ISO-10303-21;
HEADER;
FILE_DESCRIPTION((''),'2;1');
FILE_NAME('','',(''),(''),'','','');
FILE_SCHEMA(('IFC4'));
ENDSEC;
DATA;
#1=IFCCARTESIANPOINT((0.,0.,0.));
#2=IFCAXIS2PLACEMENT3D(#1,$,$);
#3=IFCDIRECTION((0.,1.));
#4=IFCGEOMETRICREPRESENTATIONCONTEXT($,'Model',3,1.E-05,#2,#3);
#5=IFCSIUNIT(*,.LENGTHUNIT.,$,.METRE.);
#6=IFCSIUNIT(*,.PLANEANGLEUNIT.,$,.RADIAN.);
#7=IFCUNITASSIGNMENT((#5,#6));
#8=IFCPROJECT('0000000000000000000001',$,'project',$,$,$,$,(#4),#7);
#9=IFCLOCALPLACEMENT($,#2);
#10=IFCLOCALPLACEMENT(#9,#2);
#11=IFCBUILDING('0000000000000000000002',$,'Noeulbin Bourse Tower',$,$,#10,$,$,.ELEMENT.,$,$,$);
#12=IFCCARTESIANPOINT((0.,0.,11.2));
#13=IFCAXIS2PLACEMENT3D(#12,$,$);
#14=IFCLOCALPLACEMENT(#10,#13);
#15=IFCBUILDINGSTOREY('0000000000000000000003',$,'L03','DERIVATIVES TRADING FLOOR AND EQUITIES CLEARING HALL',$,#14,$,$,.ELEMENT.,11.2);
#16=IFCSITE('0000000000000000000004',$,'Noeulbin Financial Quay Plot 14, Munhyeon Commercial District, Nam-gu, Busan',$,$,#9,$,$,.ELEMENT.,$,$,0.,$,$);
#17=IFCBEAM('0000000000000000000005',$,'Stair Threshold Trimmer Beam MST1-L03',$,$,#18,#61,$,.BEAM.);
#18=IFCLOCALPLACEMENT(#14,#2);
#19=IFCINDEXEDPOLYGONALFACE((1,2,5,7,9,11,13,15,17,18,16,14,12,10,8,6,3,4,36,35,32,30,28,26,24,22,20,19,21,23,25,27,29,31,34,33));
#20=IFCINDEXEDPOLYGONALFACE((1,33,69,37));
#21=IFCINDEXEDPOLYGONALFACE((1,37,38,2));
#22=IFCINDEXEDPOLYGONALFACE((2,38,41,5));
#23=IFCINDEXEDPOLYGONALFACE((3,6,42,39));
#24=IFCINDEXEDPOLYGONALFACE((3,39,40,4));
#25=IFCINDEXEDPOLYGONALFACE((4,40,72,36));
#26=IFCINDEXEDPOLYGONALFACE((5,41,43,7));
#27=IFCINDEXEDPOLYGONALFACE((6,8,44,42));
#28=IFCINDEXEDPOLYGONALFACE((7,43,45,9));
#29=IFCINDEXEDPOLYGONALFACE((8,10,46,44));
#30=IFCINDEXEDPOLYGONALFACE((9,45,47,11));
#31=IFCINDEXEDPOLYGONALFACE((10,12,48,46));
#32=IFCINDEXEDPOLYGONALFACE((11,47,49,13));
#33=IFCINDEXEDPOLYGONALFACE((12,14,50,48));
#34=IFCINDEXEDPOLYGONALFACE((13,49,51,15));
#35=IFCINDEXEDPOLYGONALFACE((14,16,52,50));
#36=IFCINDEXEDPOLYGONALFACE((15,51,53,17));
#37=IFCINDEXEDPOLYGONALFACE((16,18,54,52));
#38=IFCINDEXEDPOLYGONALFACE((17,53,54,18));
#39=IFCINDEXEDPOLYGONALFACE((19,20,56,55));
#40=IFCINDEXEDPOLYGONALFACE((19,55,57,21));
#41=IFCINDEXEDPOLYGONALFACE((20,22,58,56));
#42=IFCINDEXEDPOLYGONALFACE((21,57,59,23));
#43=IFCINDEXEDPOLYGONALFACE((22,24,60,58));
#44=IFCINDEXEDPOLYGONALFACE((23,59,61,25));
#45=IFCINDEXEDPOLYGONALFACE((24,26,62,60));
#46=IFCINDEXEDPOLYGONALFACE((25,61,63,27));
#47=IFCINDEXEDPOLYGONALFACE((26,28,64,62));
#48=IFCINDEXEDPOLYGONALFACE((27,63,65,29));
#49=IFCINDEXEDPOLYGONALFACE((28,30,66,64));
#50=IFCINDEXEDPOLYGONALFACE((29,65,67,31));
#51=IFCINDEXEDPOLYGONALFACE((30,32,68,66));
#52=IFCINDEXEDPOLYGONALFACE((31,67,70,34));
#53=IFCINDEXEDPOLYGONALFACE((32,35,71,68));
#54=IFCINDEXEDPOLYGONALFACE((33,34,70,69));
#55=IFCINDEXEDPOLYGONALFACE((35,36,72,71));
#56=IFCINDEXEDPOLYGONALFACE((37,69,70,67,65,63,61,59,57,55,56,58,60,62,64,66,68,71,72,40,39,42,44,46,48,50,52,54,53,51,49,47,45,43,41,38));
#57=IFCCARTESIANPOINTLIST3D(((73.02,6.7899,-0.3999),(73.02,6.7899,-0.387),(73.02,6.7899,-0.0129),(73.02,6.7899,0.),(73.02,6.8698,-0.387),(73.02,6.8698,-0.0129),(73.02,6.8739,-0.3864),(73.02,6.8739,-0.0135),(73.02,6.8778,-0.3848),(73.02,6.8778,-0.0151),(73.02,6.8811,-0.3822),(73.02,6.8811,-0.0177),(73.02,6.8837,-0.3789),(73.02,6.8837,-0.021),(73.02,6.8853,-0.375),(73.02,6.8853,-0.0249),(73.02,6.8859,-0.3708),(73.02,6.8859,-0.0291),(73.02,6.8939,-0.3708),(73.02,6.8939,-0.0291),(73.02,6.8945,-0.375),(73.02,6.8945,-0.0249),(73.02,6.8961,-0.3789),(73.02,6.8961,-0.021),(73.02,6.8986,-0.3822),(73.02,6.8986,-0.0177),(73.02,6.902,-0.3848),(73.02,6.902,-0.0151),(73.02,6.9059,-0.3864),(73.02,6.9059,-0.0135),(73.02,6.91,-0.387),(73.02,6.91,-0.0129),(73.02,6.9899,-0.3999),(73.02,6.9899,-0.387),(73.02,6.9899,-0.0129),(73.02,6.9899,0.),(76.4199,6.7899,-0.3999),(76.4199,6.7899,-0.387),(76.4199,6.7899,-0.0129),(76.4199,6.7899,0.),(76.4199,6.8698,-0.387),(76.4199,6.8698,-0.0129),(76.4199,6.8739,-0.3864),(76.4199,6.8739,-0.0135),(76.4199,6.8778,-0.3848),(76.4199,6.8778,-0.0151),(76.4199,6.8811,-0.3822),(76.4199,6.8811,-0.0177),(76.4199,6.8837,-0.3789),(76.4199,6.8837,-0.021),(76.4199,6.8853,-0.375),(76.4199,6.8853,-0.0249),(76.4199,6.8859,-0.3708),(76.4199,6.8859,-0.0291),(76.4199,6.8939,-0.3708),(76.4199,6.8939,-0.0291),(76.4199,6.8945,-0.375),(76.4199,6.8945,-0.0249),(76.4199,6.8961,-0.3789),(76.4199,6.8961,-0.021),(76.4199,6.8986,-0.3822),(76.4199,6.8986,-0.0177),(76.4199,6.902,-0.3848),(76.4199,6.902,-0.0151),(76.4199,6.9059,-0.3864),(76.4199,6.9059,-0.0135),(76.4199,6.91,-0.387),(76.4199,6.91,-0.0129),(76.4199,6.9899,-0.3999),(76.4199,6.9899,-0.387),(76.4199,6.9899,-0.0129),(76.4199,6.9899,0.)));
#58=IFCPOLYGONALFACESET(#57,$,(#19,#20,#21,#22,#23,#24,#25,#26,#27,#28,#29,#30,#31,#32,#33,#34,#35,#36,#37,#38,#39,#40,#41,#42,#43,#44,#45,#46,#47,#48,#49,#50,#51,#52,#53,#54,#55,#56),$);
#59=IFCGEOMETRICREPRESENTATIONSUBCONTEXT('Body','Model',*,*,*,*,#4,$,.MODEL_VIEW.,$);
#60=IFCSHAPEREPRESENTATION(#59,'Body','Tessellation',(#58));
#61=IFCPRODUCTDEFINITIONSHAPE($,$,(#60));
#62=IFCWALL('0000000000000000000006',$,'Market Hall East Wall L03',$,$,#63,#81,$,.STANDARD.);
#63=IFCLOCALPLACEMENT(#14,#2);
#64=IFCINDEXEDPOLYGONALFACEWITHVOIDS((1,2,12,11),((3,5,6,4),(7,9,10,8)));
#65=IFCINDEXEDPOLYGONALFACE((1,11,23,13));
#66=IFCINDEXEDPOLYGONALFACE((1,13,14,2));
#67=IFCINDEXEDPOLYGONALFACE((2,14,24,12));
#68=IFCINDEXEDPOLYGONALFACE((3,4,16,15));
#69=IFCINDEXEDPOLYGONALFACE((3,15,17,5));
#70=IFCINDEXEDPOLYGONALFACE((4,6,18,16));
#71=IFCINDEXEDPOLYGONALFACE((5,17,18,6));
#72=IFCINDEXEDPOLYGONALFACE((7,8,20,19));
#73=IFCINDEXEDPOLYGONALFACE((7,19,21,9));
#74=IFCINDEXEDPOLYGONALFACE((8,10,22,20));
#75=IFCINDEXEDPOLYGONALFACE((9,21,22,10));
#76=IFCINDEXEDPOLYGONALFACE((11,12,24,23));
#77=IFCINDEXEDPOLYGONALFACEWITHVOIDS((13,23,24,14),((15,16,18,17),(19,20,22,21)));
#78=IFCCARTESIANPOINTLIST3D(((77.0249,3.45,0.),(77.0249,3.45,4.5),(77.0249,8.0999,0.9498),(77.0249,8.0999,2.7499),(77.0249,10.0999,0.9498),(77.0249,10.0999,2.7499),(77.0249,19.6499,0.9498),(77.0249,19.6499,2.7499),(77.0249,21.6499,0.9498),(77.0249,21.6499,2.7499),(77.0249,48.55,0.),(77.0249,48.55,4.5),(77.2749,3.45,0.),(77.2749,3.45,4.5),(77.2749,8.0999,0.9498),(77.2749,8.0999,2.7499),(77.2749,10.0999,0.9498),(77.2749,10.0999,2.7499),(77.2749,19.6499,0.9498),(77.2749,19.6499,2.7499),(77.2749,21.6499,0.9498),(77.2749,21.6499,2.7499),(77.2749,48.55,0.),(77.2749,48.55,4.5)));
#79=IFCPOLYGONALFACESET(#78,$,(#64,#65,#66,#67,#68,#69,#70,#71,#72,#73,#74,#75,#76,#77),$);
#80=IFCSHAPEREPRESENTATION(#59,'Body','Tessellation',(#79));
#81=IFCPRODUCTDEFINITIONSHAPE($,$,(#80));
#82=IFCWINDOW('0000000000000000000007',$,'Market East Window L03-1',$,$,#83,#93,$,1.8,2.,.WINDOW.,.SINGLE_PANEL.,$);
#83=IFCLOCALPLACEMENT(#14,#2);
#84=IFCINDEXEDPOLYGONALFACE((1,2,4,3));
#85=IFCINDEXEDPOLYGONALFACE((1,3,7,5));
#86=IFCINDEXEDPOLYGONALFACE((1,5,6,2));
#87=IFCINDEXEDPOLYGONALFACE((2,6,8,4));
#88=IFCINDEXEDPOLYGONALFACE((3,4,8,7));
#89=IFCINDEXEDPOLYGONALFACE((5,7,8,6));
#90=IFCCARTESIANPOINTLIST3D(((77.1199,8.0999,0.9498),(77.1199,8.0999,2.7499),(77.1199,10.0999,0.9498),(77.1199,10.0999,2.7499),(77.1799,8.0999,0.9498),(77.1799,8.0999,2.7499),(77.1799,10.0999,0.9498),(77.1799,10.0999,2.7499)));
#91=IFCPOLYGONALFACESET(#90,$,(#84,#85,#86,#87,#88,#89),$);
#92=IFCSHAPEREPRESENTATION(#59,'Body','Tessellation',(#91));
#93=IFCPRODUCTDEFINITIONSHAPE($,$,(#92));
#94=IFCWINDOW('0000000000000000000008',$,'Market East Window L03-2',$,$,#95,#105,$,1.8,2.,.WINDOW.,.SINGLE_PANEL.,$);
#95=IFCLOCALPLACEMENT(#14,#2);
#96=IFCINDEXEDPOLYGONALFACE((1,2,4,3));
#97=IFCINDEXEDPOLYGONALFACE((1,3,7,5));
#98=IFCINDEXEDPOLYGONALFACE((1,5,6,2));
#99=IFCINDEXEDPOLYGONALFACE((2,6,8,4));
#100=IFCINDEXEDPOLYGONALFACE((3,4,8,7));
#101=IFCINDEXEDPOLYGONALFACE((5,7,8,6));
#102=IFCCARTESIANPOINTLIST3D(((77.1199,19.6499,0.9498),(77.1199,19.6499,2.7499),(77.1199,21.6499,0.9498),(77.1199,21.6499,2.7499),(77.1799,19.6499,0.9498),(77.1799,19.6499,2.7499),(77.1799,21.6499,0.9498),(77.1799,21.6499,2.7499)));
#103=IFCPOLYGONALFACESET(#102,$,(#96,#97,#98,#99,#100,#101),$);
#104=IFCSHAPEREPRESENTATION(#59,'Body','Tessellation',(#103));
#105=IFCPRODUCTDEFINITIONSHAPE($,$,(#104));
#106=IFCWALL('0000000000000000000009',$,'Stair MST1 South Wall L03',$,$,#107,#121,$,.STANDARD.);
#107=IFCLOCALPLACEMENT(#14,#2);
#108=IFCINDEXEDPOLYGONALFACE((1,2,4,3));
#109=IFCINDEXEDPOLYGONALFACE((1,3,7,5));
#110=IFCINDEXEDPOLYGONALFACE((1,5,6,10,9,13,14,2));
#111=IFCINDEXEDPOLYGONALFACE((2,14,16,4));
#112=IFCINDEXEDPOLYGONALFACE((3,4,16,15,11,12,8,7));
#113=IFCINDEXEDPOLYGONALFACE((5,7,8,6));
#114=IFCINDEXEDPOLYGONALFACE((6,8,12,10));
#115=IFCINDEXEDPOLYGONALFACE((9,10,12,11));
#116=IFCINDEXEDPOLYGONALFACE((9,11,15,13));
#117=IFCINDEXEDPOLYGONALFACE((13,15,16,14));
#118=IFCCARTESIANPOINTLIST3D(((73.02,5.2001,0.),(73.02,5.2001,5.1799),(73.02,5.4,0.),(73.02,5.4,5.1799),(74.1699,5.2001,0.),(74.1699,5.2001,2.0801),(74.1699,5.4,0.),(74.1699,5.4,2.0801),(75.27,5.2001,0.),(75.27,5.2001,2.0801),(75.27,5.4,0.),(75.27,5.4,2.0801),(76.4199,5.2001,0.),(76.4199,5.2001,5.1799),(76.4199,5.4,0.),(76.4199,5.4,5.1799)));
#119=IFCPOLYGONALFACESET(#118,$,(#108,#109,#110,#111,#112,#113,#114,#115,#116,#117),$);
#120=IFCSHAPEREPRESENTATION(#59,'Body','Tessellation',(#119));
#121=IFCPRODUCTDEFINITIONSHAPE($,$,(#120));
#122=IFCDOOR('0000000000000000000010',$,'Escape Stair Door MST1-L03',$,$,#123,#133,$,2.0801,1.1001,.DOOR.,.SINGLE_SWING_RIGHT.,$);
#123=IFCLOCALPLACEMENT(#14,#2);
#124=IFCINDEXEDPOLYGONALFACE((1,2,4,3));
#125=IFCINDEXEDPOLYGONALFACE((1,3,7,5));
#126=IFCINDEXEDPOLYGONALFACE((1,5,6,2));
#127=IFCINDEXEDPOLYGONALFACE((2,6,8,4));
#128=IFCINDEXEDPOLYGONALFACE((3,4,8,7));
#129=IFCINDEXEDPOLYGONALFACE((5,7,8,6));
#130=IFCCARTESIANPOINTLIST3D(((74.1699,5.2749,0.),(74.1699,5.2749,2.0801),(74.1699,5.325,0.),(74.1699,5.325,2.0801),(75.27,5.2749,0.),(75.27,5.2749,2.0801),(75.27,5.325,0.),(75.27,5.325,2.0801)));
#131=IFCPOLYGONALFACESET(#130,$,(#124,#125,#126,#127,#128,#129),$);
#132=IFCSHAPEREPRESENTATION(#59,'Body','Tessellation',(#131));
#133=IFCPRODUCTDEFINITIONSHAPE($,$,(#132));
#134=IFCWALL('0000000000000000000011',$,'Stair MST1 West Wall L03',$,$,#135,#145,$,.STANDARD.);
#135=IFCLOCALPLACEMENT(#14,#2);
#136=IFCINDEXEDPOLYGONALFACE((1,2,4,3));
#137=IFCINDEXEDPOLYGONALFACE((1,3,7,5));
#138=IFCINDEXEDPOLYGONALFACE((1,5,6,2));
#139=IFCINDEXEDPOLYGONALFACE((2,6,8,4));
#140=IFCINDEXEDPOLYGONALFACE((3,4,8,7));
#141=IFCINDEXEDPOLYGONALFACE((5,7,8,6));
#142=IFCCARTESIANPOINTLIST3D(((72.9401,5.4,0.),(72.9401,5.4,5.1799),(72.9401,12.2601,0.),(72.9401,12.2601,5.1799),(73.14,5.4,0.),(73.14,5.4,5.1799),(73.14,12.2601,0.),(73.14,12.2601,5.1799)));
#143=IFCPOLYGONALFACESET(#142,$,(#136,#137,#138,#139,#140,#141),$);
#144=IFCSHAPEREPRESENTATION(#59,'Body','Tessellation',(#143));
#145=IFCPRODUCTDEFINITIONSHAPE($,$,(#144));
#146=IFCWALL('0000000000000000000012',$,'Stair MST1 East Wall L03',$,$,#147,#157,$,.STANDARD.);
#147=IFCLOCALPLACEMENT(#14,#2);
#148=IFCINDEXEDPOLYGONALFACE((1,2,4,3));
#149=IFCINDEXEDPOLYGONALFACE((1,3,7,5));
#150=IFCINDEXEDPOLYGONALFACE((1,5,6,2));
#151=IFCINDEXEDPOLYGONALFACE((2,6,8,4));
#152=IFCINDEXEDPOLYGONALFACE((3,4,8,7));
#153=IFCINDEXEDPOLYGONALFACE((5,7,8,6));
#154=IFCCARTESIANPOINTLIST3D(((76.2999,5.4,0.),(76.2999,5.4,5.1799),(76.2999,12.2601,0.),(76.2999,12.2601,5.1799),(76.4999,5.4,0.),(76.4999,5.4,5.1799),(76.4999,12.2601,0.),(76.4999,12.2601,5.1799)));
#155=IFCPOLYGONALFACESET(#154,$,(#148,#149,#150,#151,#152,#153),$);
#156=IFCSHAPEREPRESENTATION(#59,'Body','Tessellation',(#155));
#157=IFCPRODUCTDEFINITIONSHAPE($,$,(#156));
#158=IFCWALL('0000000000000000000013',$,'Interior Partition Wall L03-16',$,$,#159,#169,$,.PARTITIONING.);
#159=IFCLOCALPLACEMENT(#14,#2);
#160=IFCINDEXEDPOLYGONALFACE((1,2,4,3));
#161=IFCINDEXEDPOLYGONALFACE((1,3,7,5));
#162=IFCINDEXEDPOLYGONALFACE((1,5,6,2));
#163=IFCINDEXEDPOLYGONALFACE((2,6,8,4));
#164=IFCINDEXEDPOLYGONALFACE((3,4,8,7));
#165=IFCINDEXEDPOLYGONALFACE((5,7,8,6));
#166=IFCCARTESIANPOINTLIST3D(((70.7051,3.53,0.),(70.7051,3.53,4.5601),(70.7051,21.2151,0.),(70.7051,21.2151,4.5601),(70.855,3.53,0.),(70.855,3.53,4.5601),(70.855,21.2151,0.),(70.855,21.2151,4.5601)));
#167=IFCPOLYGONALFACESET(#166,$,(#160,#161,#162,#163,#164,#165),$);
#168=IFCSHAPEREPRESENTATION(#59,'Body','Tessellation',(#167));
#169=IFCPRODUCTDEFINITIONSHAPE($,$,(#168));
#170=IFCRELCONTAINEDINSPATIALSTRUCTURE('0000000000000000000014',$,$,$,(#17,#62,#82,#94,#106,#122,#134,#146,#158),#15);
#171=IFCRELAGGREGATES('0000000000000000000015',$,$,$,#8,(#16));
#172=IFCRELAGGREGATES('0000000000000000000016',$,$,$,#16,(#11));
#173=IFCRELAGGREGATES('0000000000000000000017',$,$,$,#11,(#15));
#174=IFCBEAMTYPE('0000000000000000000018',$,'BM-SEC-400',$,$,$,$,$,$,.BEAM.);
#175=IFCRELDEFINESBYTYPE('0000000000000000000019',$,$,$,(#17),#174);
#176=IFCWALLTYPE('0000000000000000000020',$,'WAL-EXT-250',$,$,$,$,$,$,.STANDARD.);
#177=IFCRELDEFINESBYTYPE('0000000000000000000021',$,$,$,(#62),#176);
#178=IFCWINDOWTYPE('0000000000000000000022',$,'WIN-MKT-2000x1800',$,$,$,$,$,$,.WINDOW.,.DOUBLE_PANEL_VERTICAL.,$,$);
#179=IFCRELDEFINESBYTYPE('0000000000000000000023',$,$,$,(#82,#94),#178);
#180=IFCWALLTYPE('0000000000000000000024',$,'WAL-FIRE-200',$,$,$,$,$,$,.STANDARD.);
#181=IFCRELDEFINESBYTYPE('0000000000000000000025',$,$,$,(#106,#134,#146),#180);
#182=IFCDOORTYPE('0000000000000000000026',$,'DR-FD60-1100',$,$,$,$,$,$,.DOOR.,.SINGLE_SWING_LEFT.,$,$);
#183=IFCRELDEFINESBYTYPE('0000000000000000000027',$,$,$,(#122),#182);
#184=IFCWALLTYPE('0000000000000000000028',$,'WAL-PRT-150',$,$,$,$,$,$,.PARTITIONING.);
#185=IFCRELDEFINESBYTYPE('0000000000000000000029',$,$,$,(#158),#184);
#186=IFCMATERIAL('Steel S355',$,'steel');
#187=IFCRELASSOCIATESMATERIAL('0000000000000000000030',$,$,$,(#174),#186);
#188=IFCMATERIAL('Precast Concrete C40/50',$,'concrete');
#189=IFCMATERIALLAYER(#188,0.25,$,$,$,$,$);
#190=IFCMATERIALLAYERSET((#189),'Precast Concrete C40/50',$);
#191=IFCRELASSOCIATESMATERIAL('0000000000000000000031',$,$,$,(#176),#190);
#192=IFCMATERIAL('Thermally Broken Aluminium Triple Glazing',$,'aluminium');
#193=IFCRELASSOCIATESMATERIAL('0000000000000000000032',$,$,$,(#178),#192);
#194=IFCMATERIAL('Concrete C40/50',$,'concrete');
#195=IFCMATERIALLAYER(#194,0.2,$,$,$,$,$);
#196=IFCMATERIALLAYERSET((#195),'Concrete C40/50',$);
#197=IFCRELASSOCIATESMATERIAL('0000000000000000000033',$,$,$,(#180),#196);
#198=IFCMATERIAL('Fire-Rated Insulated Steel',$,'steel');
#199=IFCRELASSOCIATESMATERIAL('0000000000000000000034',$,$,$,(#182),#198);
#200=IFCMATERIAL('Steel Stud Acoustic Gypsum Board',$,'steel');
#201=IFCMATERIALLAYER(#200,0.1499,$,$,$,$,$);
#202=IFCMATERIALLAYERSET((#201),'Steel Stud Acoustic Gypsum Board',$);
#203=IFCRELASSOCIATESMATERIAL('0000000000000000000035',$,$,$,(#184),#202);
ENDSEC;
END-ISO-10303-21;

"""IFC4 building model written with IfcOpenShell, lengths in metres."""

from ifc_helpers import new_model, si_unit, direction, frame, frame_2d, origin, origin_2d, place, context, subcontext, project, spatial, rectangle, i_section, extrude, material, layer, layer_set, material_profile, profile_set, type_object, element, fill, save


model = new_model("IFC4")

# Units and contexts
model_context = context("Model", 3, precision=1e-05, world=origin(), true_north=direction((0.0, 1.0)))
body_context = subcontext(model_context, "Body", "Model", "MODEL_VIEW")
ifc_project = project(units=[si_unit("LENGTHUNIT", "METRE"), si_unit("PLANEANGLEUNIT", "RADIAN")], contexts=[model_context])

# Site, building, storey
site_placement = place(None, origin())
site = spatial("IfcSite", under=ifc_project, at=site_placement, Name="Noeulbin Financial Quay Plot 14, Munhyeon Commercial District, Nam-gu, Busan", CompositionType="ELEMENT", RefElevation=0.0)
building_placement = place(site_placement, origin())
building = spatial("IfcBuilding", under=site, at=building_placement, Name="Noeulbin Bourse Tower", CompositionType="ELEMENT")
storey_placement = place(building_placement, frame((0.0, 0.0, 11.2)))
storey = spatial("IfcBuildingStorey", under=building, at=storey_placement, Name="L03", Description="DERIVATIVES TRADING FLOOR AND EQUITIES CLEARING HALL", CompositionType="ELEMENT", Elevation=11.2)

# Shared definitions
ifc_material_1 = material(Name="Steel S355", Category="steel")

# Beam
ifc_material_profile_1 = material_profile(ifc_material_1, i_section(OverallWidth=0.2, OverallDepth=0.3999, WebThickness=0.0081, FlangeThickness=0.0129, FilletRadius=0.0161, at=origin_2d()), Name="H-400x200x8x13", Category="LoadBearing")
ifc_profile_set_1 = profile_set([ifc_material_profile_1], Name="Steel S355")
beam_type_1 = type_object("IfcBeamType", Name="BM-SEC-400", PredefinedType="BEAM", material=ifc_profile_set_1)
beam_1_placement = place(storey_placement, frame((73.02, 6.8899, -0.2), z_axis=(1.0, 0.0, 0.0), x_axis=(0.0, 1.0, 0.0)))
element("IfcBeam", 1, at=beam_1_placement, inside=storey, type_object=beam_type_1, Name="Stair Threshold Trimmer Beam MST1-L03", PredefinedType="BEAM", context=body_context, shape_type="SweptSolid", body=[
    extrude(i_section(OverallWidth=0.2, OverallDepth=0.3999, WebThickness=0.0081, FlangeThickness=0.0129, FilletRadius=0.0161, at=origin_2d()), origin(), (0.0, 0.0, 1.0), 3.3999),
])

# Wall, openings, windows
ifc_material_2 = material(Name="Precast Concrete C40/50", Category="concrete")
ifc_layer_1 = layer(ifc_material_2, 0.25)
ifc_layer_set_1 = layer_set([ifc_layer_1], Name="Precast Concrete C40/50")
wall_type_1 = type_object("IfcWallType", Name="WAL-EXT-250", PredefinedType="STANDARD", material=ifc_layer_set_1)
wall_1_placement = place(storey_placement, frame((77.1499, 3.45, 0.0), z_axis=(0.0, 0.0, 1.0), x_axis=(0.0, 1.0, 0.0)))
wall_1 = element("IfcWall", 2, at=wall_1_placement, inside=storey, type_object=wall_type_1, Name="Market Hall East Wall L03", PredefinedType="STANDARD", context=body_context, shape_type="SweptSolid", body=[
    extrude(rectangle(XDim=45.1001, YDim=0.25, at=frame_2d((22.55, 0.0))), origin(), (0.0, 0.0, 1.0), 4.5),
])
opening_1_placement = place(wall_1_placement, frame((4.6499, 0.0, 0.95)))
opening_1 = element("IfcOpeningElement", 3, at=opening_1_placement, cuts=wall_1, PredefinedType="OPENING", context=body_context, shape_type="SweptSolid", body=[
    extrude(rectangle(XDim=2.0, YDim=1.8, at=frame_2d((1.0, 0.8999))), frame((0.0, 0.135, 0.0), z_axis=(0.0, -1.0, 0.0), x_axis=(1.0, 0.0, 0.0)), (0.0, 0.0, 1.0), 0.27),
])
opening_2_placement = place(wall_1_placement, frame((16.2, 0.0, 0.95)))
opening_2 = element("IfcOpeningElement", 4, at=opening_2_placement, cuts=wall_1, PredefinedType="OPENING", context=body_context, shape_type="SweptSolid", body=[
    extrude(rectangle(XDim=2.0, YDim=1.8, at=frame_2d((1.0, 0.8999))), frame((0.0, 0.135, 0.0), z_axis=(0.0, -1.0, 0.0), x_axis=(1.0, 0.0, 0.0)), (0.0, 0.0, 1.0), 0.27),
])
ifc_material_3 = material(Name="Thermally Broken Aluminium Triple Glazing", Category="aluminium")
window_type = type_object("IfcWindowType", Name="WIN-MKT-2000x1800", PartitioningType="DOUBLE_PANEL_VERTICAL", PredefinedType="WINDOW", material=ifc_material_3)
window_1_placement = place(opening_1_placement, origin())
window_1 = element("IfcWindow", 5, at=window_1_placement, inside=storey, type_object=window_type, Name="Market East Window L03-1", OverallHeight=1.8, OverallWidth=2.0, PartitioningType="SINGLE_PANEL", PredefinedType="WINDOW", context=body_context, shape_type="SweptSolid", body=[
    extrude(rectangle(XDim=2.0, YDim=1.8, at=frame_2d((1.0, 0.8999))), frame((0.0, 0.03, 0.0), z_axis=(0.0, -1.0, 0.0), x_axis=(1.0, 0.0, 0.0)), (0.0, 0.0, 1.0), 0.0601),
])
fill(opening_1, window_1)
window_2_placement = place(opening_2_placement, origin())
window_2 = element("IfcWindow", 6, at=window_2_placement, inside=storey, type_object=window_type, Name="Market East Window L03-2", OverallHeight=1.8, OverallWidth=2.0, PartitioningType="SINGLE_PANEL", PredefinedType="WINDOW", context=body_context, shape_type="SweptSolid", body=[
    extrude(rectangle(XDim=2.0, YDim=1.8, at=frame_2d((1.0, 0.8999))), frame((0.0, 0.03, 0.0), z_axis=(0.0, -1.0, 0.0), x_axis=(1.0, 0.0, 0.0)), (0.0, 0.0, 1.0), 0.0601),
])
fill(opening_2, window_2)

# Wall, opening, door
ifc_material_4 = material(Name="Concrete C40/50", Category="concrete")
ifc_layer_2 = layer(ifc_material_4, 0.2)
ifc_layer_set_2 = layer_set([ifc_layer_2], Name="Concrete C40/50")
wall_type_2 = type_object("IfcWallType", Name="WAL-FIRE-200", PredefinedType="STANDARD", material=ifc_layer_set_2)
wall_2_placement = place(storey_placement, frame((73.02, 5.3, 0.0), z_axis=(0.0, 0.0, 1.0), x_axis=(1.0, 0.0, 0.0)))
wall_2 = element("IfcWall", 7, at=wall_2_placement, inside=storey, type_object=wall_type_2, Name="Stair MST1 South Wall L03", PredefinedType="STANDARD", context=body_context, shape_type="SweptSolid", body=[
    extrude(rectangle(XDim=3.3999, YDim=0.2, at=frame_2d((1.7, 0.0))), origin(), (0.0, 0.0, 1.0), 5.1799),
])
opening_3_placement = place(wall_2_placement, frame((1.1499, 0.0, 0.0)))
opening_3 = element("IfcOpeningElement", 8, at=opening_3_placement, cuts=wall_2, PredefinedType="OPENING", context=body_context, shape_type="SweptSolid", body=[
    extrude(rectangle(XDim=1.1001, YDim=2.0801, at=frame_2d((0.55, 1.04))), frame((0.0, 0.1099, 0.0), z_axis=(0.0, -1.0, 0.0), x_axis=(1.0, 0.0, 0.0)), (0.0, 0.0, 1.0), 0.22),
])
ifc_material_5 = material(Name="Fire-Rated Insulated Steel", Category="steel")
door_type = type_object("IfcDoorType", Name="DR-FD60-1100", OperationType="SINGLE_SWING_LEFT", PredefinedType="DOOR", material=ifc_material_5)
door_placement = place(opening_3_placement, origin())
door = element("IfcDoor", 9, at=door_placement, inside=storey, type_object=door_type, Name="Escape Stair Door MST1-L03", OperationType="SINGLE_SWING_RIGHT", OverallHeight=2.0801, OverallWidth=1.1001, PredefinedType="DOOR", context=body_context, shape_type="SweptSolid", body=[
    extrude(rectangle(XDim=1.1001, YDim=2.0801, at=frame_2d((0.55, 1.04))), frame((0.0, 0.0249, 0.0), z_axis=(0.0, -1.0, 0.0), x_axis=(1.0, 0.0, 0.0)), (0.0, 0.0, 1.0), 0.05),
])
fill(opening_3, door)

# Walls
for number, where, z_axis, x_axis, name in (
    (10, (73.04, 5.3999, 0.0), (0.0, 0.0, 1.0), (0.0, 1.0, 0.0), "Stair MST1 West Wall L03"),
    (11, (76.3999, 5.3999, 0.0), (0.0, 0.0, 1.0), (0.0, 1.0, 0.0), "Stair MST1 East Wall L03"),
):
    element("IfcWall", number, at=place(storey_placement, frame(where, z_axis=z_axis, x_axis=x_axis)), inside=storey, type_object=wall_type_2, Name=name, PredefinedType="STANDARD", context=body_context, shape_type="SweptSolid", body=[
        extrude(rectangle(XDim=6.8601, YDim=0.2, at=frame_2d((3.4302, 0.0))), origin(), (0.0, 0.0, 1.0), 5.1799),
    ])
ifc_material_6 = material(Name="Steel Stud Acoustic Gypsum Board", Category="steel")
ifc_layer_3 = layer(ifc_material_6, 0.1499)
ifc_layer_set_3 = layer_set([ifc_layer_3], Name="Steel Stud Acoustic Gypsum Board")
wall_type_3 = type_object("IfcWallType", Name="WAL-PRT-150", PredefinedType="PARTITIONING", material=ifc_layer_set_3)
wall_3_placement = place(storey_placement, frame((70.78, 3.53, 0.0), z_axis=(0.0, 0.0, 1.0), x_axis=(0.0, 1.0, 0.0)))
element("IfcWall", 12, at=wall_3_placement, inside=storey, type_object=wall_type_3, Name="Interior Partition Wall L03-16", PredefinedType="PARTITIONING", context=body_context, shape_type="SweptSolid", body=[
    extrude(rectangle(XDim=17.6851, YDim=0.1499, at=frame_2d((8.8425, 0.0))), origin(), (0.0, 0.0, 1.0), 4.5601),
])

save(model, "model.ifc")
